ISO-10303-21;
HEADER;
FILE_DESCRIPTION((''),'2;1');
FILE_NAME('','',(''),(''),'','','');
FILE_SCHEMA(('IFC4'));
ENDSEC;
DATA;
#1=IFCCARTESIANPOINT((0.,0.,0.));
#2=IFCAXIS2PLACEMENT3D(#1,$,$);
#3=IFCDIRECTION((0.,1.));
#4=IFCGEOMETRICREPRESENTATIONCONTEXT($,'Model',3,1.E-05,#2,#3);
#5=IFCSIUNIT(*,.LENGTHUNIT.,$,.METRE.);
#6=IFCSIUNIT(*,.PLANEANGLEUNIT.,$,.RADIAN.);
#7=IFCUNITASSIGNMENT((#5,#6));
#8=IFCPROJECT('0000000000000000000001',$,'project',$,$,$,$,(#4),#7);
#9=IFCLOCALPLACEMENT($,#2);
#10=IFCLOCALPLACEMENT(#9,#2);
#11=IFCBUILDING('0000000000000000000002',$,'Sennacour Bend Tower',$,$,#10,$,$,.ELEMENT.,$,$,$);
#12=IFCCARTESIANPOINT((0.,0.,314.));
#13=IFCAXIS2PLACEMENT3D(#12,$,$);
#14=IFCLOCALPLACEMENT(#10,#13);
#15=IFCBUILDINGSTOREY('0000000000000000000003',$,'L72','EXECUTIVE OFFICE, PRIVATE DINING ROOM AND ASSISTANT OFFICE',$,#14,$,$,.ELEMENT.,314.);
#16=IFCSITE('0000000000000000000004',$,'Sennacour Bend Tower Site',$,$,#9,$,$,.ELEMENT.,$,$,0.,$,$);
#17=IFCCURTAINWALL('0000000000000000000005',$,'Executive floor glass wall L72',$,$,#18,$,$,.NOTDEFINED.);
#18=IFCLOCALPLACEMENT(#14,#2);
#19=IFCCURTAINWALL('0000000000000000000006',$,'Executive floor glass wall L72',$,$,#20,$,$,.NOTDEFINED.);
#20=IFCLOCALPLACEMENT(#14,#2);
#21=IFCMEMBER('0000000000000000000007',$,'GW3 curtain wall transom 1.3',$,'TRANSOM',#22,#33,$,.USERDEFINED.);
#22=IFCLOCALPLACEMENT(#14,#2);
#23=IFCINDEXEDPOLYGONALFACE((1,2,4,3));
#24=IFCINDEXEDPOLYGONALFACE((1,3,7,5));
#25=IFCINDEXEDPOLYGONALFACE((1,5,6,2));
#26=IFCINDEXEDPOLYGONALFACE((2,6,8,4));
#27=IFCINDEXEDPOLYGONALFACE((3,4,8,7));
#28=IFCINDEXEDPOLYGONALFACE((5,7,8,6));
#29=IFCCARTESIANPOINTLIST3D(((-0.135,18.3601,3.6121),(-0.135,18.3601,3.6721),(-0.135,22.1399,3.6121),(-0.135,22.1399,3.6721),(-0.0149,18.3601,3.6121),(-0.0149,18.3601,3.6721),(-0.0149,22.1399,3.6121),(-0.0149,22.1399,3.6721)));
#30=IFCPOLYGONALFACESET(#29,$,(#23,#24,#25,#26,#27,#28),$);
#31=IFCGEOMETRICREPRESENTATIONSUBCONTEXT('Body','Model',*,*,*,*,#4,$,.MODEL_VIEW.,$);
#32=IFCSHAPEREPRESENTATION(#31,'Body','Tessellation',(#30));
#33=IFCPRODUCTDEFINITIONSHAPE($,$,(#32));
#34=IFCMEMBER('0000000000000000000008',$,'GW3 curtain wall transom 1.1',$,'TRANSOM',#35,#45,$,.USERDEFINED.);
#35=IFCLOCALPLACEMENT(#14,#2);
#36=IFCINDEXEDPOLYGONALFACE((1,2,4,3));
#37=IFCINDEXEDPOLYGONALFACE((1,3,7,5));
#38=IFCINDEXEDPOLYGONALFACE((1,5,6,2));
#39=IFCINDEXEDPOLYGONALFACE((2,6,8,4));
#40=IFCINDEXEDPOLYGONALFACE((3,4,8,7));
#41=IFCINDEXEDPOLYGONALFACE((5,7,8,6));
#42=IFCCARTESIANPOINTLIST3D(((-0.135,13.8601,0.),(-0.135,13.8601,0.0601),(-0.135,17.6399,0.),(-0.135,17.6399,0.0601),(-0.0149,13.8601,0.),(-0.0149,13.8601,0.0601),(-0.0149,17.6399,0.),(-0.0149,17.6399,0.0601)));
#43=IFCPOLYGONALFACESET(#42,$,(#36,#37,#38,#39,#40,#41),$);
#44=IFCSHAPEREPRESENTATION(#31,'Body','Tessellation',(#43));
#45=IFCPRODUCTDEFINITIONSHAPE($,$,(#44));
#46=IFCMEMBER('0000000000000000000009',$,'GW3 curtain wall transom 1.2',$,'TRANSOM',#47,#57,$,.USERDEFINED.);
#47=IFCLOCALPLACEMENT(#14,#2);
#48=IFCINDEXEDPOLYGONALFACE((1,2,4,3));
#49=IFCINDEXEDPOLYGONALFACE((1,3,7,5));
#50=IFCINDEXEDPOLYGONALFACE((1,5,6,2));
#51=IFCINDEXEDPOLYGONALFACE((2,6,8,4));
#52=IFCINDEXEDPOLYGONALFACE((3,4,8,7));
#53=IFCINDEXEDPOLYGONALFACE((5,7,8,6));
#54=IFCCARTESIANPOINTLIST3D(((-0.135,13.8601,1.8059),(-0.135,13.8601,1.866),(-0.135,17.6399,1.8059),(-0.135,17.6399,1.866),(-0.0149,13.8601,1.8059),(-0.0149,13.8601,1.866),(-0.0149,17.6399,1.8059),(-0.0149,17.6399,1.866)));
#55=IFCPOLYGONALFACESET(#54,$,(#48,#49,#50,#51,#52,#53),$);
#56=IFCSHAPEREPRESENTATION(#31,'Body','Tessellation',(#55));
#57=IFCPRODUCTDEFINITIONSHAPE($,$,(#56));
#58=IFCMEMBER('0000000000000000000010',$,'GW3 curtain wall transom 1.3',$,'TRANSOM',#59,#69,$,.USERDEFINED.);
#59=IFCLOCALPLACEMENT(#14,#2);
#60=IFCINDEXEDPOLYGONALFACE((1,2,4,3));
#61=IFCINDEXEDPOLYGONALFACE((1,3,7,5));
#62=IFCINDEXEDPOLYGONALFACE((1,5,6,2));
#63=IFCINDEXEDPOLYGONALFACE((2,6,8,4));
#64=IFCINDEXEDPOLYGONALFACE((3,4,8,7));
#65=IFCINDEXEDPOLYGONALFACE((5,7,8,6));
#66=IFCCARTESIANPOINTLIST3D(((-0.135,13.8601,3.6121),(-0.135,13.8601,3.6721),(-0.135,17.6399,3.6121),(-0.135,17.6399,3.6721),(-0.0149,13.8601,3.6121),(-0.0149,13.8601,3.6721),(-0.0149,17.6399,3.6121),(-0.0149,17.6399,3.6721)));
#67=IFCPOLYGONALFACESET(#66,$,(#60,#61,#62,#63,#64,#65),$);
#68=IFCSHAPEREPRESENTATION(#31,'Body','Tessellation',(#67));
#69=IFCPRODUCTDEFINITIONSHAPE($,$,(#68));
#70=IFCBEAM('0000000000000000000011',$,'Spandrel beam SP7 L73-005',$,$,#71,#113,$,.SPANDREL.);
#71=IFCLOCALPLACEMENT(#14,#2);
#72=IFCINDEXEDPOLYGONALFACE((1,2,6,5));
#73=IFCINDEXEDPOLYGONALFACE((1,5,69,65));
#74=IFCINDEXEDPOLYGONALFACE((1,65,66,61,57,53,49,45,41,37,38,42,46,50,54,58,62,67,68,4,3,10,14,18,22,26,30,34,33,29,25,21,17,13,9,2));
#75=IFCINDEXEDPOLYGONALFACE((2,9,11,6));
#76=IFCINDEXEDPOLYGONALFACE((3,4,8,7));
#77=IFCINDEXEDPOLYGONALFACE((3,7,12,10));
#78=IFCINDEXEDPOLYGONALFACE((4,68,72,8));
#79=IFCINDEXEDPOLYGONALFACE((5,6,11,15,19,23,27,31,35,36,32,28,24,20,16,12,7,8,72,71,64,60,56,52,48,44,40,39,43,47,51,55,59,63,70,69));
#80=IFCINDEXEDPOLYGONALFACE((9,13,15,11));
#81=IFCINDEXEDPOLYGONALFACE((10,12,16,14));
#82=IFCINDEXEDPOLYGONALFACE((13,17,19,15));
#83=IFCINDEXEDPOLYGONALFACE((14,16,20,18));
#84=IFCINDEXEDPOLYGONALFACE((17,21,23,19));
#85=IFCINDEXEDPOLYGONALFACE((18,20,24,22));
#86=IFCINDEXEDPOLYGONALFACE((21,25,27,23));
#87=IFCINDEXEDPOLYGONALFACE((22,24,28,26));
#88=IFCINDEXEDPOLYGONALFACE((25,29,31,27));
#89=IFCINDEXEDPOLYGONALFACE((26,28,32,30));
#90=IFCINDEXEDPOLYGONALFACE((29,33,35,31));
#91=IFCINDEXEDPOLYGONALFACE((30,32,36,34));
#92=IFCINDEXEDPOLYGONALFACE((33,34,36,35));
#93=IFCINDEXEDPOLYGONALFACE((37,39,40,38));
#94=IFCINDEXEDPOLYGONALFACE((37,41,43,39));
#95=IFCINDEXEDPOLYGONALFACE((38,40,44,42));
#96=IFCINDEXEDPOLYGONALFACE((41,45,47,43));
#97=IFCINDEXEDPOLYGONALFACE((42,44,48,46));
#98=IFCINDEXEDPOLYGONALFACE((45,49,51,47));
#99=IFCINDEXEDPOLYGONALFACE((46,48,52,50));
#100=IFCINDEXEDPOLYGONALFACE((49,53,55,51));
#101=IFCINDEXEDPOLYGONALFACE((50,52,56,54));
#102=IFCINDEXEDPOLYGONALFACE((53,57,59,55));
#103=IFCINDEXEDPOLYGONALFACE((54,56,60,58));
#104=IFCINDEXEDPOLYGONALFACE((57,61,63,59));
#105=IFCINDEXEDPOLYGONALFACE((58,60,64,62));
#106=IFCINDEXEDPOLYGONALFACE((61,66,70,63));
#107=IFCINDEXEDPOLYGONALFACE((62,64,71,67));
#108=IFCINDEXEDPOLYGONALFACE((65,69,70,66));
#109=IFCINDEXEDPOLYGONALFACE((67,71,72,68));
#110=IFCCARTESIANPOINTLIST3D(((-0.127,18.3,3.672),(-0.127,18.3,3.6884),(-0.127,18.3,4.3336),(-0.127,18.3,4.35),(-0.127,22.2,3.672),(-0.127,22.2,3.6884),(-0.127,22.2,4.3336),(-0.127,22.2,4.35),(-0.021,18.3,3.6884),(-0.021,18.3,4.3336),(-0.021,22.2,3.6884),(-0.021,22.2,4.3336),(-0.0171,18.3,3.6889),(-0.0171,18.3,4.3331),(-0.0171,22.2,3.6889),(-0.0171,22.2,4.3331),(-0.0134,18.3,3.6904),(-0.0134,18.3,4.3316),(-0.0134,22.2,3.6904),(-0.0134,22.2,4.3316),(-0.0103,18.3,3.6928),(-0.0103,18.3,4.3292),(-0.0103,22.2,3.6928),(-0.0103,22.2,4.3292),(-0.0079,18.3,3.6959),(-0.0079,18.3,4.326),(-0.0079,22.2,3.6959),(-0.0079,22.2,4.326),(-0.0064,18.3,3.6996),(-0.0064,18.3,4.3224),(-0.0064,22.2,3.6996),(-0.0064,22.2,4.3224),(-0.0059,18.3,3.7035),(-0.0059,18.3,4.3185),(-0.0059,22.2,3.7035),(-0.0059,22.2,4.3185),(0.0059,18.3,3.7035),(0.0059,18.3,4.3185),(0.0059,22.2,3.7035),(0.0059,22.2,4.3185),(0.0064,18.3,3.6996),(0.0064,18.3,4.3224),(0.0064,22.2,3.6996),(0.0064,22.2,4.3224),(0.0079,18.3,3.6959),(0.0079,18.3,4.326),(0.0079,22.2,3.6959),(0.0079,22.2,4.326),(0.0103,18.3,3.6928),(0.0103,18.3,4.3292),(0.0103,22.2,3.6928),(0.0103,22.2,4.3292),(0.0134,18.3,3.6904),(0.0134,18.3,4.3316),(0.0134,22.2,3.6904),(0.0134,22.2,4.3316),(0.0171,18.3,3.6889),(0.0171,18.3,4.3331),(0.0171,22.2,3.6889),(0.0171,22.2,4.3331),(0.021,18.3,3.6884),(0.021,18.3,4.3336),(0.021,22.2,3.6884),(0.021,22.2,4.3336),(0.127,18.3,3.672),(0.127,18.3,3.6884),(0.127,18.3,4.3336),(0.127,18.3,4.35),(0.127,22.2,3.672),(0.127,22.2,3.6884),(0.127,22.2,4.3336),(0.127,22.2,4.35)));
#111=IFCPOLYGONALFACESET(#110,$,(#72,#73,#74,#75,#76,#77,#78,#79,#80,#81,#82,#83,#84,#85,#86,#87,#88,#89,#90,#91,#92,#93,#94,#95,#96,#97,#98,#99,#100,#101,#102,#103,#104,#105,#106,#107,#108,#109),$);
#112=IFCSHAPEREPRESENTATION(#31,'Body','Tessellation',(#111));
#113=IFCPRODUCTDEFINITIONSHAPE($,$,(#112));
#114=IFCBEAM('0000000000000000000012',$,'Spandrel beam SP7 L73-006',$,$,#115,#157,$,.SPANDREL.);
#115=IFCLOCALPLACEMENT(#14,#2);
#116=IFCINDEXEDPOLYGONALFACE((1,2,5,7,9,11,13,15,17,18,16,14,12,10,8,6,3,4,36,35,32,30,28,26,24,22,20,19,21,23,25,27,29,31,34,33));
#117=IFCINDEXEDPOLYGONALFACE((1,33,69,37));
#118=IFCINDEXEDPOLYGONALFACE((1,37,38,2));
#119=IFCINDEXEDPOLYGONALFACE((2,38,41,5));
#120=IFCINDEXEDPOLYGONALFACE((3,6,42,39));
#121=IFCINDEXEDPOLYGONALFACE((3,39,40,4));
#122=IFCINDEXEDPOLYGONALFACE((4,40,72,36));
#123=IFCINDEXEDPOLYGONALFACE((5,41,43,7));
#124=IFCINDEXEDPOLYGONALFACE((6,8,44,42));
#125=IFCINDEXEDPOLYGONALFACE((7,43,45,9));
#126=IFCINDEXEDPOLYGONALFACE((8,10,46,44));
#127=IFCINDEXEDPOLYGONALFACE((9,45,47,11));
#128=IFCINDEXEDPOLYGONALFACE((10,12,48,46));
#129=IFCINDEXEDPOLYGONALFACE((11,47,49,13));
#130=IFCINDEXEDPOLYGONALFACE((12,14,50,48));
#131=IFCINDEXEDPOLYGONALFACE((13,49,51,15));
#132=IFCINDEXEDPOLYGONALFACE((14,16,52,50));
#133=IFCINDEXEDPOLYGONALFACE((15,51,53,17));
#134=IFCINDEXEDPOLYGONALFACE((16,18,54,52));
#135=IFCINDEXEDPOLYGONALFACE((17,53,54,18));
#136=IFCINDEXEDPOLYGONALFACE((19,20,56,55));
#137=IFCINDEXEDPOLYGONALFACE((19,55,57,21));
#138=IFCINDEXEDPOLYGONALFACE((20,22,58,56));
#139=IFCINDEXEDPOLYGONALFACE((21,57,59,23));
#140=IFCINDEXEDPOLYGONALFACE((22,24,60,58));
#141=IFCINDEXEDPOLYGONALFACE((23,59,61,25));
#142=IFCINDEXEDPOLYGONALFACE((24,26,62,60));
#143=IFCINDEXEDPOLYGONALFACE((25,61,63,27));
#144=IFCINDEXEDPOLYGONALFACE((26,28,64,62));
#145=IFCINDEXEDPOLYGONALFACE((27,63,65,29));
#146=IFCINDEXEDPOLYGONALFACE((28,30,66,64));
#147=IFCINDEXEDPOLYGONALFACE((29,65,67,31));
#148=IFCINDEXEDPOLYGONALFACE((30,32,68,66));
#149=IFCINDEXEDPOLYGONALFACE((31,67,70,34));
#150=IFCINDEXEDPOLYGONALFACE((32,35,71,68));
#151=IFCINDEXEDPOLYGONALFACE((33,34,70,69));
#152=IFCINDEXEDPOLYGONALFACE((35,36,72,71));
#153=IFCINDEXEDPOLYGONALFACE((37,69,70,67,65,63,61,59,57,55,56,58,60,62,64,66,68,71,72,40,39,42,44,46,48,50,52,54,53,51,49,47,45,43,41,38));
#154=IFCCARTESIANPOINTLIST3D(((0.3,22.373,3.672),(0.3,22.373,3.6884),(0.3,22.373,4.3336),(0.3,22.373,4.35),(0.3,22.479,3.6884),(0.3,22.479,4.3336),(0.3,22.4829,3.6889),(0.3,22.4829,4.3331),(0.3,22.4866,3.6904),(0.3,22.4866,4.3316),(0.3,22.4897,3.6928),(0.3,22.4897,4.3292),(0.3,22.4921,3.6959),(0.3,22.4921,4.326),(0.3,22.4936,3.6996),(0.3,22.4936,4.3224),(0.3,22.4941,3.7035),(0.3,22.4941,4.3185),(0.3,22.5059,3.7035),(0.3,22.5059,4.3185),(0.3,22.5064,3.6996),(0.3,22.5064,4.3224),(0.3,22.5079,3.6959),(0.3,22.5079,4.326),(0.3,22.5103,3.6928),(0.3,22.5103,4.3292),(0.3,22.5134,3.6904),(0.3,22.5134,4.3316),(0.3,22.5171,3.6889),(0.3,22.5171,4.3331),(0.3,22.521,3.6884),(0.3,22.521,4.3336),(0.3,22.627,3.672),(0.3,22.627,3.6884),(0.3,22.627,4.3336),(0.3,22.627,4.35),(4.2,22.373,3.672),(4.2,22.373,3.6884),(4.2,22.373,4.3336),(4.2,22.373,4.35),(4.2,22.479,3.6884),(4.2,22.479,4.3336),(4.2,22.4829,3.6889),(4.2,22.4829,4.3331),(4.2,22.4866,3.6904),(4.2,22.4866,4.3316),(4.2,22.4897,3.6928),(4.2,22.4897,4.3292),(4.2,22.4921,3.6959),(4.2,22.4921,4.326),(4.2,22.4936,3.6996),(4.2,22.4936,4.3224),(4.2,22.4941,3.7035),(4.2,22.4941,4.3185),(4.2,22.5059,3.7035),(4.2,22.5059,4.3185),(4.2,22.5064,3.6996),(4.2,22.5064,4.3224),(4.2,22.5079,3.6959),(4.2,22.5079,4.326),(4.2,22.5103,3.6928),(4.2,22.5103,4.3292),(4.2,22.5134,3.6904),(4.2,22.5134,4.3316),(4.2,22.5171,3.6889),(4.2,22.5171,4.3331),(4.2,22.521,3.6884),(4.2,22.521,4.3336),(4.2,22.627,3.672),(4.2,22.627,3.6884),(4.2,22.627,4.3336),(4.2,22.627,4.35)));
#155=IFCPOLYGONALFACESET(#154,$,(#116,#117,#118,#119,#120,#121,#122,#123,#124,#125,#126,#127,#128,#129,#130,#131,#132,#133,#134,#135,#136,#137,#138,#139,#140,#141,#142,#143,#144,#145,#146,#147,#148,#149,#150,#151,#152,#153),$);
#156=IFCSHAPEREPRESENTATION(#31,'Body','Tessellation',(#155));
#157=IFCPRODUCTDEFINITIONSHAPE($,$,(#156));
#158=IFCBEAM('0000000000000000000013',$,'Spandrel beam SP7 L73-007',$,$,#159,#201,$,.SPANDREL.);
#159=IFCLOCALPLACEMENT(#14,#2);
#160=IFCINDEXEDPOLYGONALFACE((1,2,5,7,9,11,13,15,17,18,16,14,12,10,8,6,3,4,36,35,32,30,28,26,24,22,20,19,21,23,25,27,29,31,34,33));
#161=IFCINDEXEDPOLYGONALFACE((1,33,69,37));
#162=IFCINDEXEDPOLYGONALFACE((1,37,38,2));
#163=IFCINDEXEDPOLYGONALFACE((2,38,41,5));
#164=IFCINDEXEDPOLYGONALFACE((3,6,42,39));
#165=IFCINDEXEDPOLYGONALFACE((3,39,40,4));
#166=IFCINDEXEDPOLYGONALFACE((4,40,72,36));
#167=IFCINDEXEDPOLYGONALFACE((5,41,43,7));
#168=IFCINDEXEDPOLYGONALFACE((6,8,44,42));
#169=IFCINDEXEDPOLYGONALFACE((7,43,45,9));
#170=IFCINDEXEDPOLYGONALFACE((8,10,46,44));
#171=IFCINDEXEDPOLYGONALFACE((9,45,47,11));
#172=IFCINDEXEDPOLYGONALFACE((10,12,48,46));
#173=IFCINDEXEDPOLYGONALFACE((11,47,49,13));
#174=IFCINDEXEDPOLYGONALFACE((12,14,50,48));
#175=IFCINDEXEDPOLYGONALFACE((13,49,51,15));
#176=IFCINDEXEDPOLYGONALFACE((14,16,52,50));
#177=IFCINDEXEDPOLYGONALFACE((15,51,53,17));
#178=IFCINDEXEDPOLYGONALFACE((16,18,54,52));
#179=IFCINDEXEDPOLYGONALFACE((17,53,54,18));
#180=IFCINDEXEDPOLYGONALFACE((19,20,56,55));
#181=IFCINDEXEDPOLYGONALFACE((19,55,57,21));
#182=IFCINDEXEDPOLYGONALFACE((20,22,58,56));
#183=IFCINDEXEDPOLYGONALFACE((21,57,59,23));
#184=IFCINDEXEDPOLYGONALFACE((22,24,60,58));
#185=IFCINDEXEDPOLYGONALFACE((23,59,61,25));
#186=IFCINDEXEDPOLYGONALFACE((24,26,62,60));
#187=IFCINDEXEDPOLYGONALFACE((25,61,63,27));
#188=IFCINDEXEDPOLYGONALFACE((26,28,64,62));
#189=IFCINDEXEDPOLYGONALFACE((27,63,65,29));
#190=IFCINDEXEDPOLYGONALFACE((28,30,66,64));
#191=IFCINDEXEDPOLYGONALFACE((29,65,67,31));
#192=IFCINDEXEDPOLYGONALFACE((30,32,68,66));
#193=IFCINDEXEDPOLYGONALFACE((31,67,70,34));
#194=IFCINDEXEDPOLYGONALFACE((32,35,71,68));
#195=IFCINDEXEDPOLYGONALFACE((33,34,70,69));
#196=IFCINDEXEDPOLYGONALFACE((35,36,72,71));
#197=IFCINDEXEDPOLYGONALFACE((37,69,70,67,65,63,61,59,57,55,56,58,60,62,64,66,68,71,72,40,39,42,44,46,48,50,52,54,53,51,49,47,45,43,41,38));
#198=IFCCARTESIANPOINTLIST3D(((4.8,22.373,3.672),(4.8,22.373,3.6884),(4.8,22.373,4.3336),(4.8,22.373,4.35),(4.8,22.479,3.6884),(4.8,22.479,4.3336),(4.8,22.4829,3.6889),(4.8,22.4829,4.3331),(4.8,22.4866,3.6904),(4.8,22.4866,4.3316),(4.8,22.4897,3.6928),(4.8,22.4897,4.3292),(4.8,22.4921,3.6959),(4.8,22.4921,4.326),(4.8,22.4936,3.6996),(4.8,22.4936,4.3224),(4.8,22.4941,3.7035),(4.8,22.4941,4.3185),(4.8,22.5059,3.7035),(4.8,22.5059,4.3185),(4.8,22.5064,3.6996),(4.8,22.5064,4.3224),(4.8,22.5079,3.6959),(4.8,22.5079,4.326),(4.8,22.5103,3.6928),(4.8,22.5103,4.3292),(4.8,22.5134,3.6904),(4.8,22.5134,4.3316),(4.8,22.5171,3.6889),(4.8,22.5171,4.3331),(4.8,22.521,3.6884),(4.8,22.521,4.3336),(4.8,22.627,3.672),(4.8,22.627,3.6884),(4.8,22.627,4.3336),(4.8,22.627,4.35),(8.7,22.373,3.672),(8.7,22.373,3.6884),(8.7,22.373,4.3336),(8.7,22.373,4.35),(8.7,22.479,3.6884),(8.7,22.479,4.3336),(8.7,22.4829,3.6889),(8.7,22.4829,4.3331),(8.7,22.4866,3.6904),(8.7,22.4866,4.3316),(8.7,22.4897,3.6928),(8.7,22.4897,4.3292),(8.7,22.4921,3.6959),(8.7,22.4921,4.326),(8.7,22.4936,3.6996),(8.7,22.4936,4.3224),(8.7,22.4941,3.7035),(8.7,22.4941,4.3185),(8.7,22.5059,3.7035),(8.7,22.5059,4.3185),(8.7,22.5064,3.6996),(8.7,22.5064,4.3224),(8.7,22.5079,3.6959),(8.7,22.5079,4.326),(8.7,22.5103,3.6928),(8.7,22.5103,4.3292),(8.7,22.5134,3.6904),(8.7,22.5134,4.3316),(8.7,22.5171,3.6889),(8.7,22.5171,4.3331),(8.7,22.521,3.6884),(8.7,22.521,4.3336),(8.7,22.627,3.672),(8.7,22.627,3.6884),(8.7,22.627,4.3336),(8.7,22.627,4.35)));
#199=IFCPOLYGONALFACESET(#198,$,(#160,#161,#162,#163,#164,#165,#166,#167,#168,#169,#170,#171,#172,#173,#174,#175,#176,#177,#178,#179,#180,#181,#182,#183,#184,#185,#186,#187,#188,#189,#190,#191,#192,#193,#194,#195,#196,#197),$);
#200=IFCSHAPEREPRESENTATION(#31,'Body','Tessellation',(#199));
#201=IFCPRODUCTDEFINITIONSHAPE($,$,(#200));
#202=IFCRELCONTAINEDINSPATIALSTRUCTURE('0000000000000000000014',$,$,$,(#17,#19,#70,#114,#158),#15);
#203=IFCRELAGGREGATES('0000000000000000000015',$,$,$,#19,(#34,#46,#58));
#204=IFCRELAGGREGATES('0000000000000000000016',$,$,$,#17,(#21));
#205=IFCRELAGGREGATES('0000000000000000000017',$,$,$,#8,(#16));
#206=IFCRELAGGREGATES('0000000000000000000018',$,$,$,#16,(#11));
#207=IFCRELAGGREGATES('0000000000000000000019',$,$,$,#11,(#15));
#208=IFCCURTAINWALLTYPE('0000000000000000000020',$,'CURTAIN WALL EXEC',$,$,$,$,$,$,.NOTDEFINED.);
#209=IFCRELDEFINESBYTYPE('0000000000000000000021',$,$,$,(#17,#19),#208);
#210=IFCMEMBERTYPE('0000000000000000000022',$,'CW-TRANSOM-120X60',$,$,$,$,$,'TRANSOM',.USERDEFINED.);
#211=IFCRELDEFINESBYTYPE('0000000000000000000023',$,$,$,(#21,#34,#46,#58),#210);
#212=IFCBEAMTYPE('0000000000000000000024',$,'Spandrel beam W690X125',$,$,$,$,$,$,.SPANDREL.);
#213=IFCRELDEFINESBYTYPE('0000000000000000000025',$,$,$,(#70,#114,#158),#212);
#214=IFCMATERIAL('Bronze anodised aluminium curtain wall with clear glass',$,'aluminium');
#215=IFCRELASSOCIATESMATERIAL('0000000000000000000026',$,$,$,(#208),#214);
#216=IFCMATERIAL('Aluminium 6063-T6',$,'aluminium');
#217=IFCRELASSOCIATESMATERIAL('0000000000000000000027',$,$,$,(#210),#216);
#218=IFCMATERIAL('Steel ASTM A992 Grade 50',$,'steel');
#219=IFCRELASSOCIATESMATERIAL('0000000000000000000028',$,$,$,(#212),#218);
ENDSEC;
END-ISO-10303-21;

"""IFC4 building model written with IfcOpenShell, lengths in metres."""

from ifc_helpers import new_model, si_unit, direction, frame, origin, origin_2d, place, context, subcontext, project, spatial, rectangle, i_section, extrude, material, material_profile, profile_set, type_object, element, aggregate, save


model = new_model("IFC4")

# Units and contexts
model_context = context("Model", 3, precision=1e-05, world=origin(), true_north=direction((0.0, 1.0)))
body_context = subcontext(model_context, "Body", "Model", "MODEL_VIEW")
ifc_project = project(units=[si_unit("LENGTHUNIT", "METRE"), si_unit("PLANEANGLEUNIT", "RADIAN")], contexts=[model_context])

# Site, building, storey
site_placement = place(None, origin())
site = spatial("IfcSite", under=ifc_project, at=site_placement, Name="Sennacour Bend Tower Site", CompositionType="ELEMENT", RefElevation=0.0)
building_placement = place(site_placement, origin())
building = spatial("IfcBuilding", under=site, at=building_placement, Name="Sennacour Bend Tower", CompositionType="ELEMENT")
storey_placement = place(building_placement, frame((0.0, 0.0, 314.0)))
storey = spatial("IfcBuildingStorey", under=building, at=storey_placement, Name="L72", Description="EXECUTIVE OFFICE, PRIVATE DINING ROOM AND ASSISTANT OFFICE", CompositionType="ELEMENT", Elevation=314.0)

# Shared definitions
ifc_material_1 = material(Name="Bronze anodised aluminium curtain wall with clear glass", Category="aluminium")
curtain_wall_type = type_object("IfcCurtainWallType", Name="CURTAIN WALL EXEC", PredefinedType="NOTDEFINED", material=ifc_material_1)
ifc_material_2 = material(Name="Aluminium 6063-T6", Category="aluminium")

# Curtain wall
curtain_wall_1_placement = place(storey_placement, origin())
curtain_wall_1 = element("IfcCurtainWall", 1, at=curtain_wall_1_placement, inside=storey, type_object=curtain_wall_type, Name="Executive floor glass wall L72", PredefinedType="NOTDEFINED")

# Curtain wall
curtain_wall_2_placement = place(storey_placement, origin())
curtain_wall_2 = element("IfcCurtainWall", 2, at=curtain_wall_2_placement, inside=storey, type_object=curtain_wall_type, Name="Executive floor glass wall L72", PredefinedType="NOTDEFINED")

# Members
ifc_material_profile_1 = material_profile(ifc_material_2, rectangle(XDim=0.1201, YDim=0.0601, at=origin_2d()), Name="Aluminium 6063-T6", Category="aluminium")
ifc_profile_set_1 = profile_set([ifc_material_profile_1], Name="Aluminium 6063-T6")
member_type_1 = type_object("IfcMemberType", Name="CW-TRANSOM-120X60", ElementType="TRANSOM", PredefinedType="USERDEFINED", material=ifc_profile_set_1)
member_1_placement = place(storey_placement, frame((-0.075, 22.1399, 3.6421), z_axis=(0.0, -1.0, 0.0), x_axis=(1.0, 0.0, 0.0)))
member_1 = element("IfcMember", 3, at=member_1_placement, type_object=member_type_1, Name="GW3 curtain wall transom 1.3", ObjectType="TRANSOM", PredefinedType="USERDEFINED", context=body_context, shape_type="SweptSolid", body=[
    extrude(rectangle(XDim=0.1201, YDim=0.0601, at=origin_2d()), origin(), (0.0, 0.0, 1.0), 3.7798),
])
member_2_placement = place(storey_placement, frame((-0.075, 17.6399, 0.03), z_axis=(0.0, -1.0, 0.0), x_axis=(1.0, 0.0, 0.0)))
member_2 = element("IfcMember", 4, at=member_2_placement, type_object=member_type_1, Name="GW3 curtain wall transom 1.1", ObjectType="TRANSOM", PredefinedType="USERDEFINED", context=body_context, shape_type="SweptSolid", body=[
    extrude(rectangle(XDim=0.1201, YDim=0.0601, at=origin_2d()), origin(), (0.0, 0.0, 1.0), 3.7798),
])
member_3_placement = place(storey_placement, frame((-0.075, 17.6399, 1.8359), z_axis=(0.0, -1.0, 0.0), x_axis=(1.0, 0.0, 0.0)))
member_3 = element("IfcMember", 5, at=member_3_placement, type_object=member_type_1, Name="GW3 curtain wall transom 1.2", ObjectType="TRANSOM", PredefinedType="USERDEFINED", context=body_context, shape_type="SweptSolid", body=[
    extrude(rectangle(XDim=0.1201, YDim=0.0601, at=origin_2d()), origin(), (0.0, 0.0, 1.0), 3.7798),
])
member_4_placement = place(storey_placement, frame((-0.075, 17.6399, 3.6421), z_axis=(0.0, -1.0, 0.0), x_axis=(1.0, 0.0, 0.0)))
member_4 = element("IfcMember", 6, at=member_4_placement, type_object=member_type_1, Name="GW3 curtain wall transom 1.3", ObjectType="TRANSOM", PredefinedType="USERDEFINED", context=body_context, shape_type="SweptSolid", body=[
    extrude(rectangle(XDim=0.1201, YDim=0.0601, at=origin_2d()), origin(), (0.0, 0.0, 1.0), 3.7798),
])
aggregate(curtain_wall_2, [member_2, member_3, member_4])

# Beams
ifc_material_3 = material(Name="Steel ASTM A992 Grade 50", Category="steel")
ifc_material_profile_2 = material_profile(ifc_material_3, i_section(OverallWidth=0.2539, OverallDepth=0.678, WebThickness=0.0117, FlangeThickness=0.0164, FilletRadius=0.0151, at=origin_2d()), Name="Steel ASTM A992 Grade 50", Category="steel")
ifc_profile_set_2 = profile_set([ifc_material_profile_2], Name="Steel ASTM A992 Grade 50")
beam_type = type_object("IfcBeamType", Name="Spandrel beam W690X125", PredefinedType="SPANDREL", material=ifc_profile_set_2)
for number, where, z_axis, x_axis, name in (
    (7, (0.0, 18.3, 4.011), (0.0, 1.0, 0.0), (-1.0, 0.0, 0.0), "Spandrel beam SP7 L73-005"),
    (8, (0.3, 22.5, 4.011), (1.0, 0.0, 0.0), (0.0, 1.0, 0.0), "Spandrel beam SP7 L73-006"),
    (9, (4.8, 22.5, 4.011), (1.0, 0.0, 0.0), (0.0, 1.0, 0.0), "Spandrel beam SP7 L73-007"),
):
    element("IfcBeam", number, at=place(storey_placement, frame(where, z_axis=z_axis, x_axis=x_axis)), inside=storey, type_object=beam_type, Name=name, PredefinedType="SPANDREL", context=body_context, shape_type="SweptSolid", body=[
        extrude(i_section(OverallWidth=0.2539, OverallDepth=0.678, WebThickness=0.0117, FlangeThickness=0.0164, FilletRadius=0.0151, at=origin_2d()), origin(), (0.0, 0.0, 1.0), 3.8999),
    ])

aggregate(curtain_wall_1, [member_1])

save(model, "model.ifc")
